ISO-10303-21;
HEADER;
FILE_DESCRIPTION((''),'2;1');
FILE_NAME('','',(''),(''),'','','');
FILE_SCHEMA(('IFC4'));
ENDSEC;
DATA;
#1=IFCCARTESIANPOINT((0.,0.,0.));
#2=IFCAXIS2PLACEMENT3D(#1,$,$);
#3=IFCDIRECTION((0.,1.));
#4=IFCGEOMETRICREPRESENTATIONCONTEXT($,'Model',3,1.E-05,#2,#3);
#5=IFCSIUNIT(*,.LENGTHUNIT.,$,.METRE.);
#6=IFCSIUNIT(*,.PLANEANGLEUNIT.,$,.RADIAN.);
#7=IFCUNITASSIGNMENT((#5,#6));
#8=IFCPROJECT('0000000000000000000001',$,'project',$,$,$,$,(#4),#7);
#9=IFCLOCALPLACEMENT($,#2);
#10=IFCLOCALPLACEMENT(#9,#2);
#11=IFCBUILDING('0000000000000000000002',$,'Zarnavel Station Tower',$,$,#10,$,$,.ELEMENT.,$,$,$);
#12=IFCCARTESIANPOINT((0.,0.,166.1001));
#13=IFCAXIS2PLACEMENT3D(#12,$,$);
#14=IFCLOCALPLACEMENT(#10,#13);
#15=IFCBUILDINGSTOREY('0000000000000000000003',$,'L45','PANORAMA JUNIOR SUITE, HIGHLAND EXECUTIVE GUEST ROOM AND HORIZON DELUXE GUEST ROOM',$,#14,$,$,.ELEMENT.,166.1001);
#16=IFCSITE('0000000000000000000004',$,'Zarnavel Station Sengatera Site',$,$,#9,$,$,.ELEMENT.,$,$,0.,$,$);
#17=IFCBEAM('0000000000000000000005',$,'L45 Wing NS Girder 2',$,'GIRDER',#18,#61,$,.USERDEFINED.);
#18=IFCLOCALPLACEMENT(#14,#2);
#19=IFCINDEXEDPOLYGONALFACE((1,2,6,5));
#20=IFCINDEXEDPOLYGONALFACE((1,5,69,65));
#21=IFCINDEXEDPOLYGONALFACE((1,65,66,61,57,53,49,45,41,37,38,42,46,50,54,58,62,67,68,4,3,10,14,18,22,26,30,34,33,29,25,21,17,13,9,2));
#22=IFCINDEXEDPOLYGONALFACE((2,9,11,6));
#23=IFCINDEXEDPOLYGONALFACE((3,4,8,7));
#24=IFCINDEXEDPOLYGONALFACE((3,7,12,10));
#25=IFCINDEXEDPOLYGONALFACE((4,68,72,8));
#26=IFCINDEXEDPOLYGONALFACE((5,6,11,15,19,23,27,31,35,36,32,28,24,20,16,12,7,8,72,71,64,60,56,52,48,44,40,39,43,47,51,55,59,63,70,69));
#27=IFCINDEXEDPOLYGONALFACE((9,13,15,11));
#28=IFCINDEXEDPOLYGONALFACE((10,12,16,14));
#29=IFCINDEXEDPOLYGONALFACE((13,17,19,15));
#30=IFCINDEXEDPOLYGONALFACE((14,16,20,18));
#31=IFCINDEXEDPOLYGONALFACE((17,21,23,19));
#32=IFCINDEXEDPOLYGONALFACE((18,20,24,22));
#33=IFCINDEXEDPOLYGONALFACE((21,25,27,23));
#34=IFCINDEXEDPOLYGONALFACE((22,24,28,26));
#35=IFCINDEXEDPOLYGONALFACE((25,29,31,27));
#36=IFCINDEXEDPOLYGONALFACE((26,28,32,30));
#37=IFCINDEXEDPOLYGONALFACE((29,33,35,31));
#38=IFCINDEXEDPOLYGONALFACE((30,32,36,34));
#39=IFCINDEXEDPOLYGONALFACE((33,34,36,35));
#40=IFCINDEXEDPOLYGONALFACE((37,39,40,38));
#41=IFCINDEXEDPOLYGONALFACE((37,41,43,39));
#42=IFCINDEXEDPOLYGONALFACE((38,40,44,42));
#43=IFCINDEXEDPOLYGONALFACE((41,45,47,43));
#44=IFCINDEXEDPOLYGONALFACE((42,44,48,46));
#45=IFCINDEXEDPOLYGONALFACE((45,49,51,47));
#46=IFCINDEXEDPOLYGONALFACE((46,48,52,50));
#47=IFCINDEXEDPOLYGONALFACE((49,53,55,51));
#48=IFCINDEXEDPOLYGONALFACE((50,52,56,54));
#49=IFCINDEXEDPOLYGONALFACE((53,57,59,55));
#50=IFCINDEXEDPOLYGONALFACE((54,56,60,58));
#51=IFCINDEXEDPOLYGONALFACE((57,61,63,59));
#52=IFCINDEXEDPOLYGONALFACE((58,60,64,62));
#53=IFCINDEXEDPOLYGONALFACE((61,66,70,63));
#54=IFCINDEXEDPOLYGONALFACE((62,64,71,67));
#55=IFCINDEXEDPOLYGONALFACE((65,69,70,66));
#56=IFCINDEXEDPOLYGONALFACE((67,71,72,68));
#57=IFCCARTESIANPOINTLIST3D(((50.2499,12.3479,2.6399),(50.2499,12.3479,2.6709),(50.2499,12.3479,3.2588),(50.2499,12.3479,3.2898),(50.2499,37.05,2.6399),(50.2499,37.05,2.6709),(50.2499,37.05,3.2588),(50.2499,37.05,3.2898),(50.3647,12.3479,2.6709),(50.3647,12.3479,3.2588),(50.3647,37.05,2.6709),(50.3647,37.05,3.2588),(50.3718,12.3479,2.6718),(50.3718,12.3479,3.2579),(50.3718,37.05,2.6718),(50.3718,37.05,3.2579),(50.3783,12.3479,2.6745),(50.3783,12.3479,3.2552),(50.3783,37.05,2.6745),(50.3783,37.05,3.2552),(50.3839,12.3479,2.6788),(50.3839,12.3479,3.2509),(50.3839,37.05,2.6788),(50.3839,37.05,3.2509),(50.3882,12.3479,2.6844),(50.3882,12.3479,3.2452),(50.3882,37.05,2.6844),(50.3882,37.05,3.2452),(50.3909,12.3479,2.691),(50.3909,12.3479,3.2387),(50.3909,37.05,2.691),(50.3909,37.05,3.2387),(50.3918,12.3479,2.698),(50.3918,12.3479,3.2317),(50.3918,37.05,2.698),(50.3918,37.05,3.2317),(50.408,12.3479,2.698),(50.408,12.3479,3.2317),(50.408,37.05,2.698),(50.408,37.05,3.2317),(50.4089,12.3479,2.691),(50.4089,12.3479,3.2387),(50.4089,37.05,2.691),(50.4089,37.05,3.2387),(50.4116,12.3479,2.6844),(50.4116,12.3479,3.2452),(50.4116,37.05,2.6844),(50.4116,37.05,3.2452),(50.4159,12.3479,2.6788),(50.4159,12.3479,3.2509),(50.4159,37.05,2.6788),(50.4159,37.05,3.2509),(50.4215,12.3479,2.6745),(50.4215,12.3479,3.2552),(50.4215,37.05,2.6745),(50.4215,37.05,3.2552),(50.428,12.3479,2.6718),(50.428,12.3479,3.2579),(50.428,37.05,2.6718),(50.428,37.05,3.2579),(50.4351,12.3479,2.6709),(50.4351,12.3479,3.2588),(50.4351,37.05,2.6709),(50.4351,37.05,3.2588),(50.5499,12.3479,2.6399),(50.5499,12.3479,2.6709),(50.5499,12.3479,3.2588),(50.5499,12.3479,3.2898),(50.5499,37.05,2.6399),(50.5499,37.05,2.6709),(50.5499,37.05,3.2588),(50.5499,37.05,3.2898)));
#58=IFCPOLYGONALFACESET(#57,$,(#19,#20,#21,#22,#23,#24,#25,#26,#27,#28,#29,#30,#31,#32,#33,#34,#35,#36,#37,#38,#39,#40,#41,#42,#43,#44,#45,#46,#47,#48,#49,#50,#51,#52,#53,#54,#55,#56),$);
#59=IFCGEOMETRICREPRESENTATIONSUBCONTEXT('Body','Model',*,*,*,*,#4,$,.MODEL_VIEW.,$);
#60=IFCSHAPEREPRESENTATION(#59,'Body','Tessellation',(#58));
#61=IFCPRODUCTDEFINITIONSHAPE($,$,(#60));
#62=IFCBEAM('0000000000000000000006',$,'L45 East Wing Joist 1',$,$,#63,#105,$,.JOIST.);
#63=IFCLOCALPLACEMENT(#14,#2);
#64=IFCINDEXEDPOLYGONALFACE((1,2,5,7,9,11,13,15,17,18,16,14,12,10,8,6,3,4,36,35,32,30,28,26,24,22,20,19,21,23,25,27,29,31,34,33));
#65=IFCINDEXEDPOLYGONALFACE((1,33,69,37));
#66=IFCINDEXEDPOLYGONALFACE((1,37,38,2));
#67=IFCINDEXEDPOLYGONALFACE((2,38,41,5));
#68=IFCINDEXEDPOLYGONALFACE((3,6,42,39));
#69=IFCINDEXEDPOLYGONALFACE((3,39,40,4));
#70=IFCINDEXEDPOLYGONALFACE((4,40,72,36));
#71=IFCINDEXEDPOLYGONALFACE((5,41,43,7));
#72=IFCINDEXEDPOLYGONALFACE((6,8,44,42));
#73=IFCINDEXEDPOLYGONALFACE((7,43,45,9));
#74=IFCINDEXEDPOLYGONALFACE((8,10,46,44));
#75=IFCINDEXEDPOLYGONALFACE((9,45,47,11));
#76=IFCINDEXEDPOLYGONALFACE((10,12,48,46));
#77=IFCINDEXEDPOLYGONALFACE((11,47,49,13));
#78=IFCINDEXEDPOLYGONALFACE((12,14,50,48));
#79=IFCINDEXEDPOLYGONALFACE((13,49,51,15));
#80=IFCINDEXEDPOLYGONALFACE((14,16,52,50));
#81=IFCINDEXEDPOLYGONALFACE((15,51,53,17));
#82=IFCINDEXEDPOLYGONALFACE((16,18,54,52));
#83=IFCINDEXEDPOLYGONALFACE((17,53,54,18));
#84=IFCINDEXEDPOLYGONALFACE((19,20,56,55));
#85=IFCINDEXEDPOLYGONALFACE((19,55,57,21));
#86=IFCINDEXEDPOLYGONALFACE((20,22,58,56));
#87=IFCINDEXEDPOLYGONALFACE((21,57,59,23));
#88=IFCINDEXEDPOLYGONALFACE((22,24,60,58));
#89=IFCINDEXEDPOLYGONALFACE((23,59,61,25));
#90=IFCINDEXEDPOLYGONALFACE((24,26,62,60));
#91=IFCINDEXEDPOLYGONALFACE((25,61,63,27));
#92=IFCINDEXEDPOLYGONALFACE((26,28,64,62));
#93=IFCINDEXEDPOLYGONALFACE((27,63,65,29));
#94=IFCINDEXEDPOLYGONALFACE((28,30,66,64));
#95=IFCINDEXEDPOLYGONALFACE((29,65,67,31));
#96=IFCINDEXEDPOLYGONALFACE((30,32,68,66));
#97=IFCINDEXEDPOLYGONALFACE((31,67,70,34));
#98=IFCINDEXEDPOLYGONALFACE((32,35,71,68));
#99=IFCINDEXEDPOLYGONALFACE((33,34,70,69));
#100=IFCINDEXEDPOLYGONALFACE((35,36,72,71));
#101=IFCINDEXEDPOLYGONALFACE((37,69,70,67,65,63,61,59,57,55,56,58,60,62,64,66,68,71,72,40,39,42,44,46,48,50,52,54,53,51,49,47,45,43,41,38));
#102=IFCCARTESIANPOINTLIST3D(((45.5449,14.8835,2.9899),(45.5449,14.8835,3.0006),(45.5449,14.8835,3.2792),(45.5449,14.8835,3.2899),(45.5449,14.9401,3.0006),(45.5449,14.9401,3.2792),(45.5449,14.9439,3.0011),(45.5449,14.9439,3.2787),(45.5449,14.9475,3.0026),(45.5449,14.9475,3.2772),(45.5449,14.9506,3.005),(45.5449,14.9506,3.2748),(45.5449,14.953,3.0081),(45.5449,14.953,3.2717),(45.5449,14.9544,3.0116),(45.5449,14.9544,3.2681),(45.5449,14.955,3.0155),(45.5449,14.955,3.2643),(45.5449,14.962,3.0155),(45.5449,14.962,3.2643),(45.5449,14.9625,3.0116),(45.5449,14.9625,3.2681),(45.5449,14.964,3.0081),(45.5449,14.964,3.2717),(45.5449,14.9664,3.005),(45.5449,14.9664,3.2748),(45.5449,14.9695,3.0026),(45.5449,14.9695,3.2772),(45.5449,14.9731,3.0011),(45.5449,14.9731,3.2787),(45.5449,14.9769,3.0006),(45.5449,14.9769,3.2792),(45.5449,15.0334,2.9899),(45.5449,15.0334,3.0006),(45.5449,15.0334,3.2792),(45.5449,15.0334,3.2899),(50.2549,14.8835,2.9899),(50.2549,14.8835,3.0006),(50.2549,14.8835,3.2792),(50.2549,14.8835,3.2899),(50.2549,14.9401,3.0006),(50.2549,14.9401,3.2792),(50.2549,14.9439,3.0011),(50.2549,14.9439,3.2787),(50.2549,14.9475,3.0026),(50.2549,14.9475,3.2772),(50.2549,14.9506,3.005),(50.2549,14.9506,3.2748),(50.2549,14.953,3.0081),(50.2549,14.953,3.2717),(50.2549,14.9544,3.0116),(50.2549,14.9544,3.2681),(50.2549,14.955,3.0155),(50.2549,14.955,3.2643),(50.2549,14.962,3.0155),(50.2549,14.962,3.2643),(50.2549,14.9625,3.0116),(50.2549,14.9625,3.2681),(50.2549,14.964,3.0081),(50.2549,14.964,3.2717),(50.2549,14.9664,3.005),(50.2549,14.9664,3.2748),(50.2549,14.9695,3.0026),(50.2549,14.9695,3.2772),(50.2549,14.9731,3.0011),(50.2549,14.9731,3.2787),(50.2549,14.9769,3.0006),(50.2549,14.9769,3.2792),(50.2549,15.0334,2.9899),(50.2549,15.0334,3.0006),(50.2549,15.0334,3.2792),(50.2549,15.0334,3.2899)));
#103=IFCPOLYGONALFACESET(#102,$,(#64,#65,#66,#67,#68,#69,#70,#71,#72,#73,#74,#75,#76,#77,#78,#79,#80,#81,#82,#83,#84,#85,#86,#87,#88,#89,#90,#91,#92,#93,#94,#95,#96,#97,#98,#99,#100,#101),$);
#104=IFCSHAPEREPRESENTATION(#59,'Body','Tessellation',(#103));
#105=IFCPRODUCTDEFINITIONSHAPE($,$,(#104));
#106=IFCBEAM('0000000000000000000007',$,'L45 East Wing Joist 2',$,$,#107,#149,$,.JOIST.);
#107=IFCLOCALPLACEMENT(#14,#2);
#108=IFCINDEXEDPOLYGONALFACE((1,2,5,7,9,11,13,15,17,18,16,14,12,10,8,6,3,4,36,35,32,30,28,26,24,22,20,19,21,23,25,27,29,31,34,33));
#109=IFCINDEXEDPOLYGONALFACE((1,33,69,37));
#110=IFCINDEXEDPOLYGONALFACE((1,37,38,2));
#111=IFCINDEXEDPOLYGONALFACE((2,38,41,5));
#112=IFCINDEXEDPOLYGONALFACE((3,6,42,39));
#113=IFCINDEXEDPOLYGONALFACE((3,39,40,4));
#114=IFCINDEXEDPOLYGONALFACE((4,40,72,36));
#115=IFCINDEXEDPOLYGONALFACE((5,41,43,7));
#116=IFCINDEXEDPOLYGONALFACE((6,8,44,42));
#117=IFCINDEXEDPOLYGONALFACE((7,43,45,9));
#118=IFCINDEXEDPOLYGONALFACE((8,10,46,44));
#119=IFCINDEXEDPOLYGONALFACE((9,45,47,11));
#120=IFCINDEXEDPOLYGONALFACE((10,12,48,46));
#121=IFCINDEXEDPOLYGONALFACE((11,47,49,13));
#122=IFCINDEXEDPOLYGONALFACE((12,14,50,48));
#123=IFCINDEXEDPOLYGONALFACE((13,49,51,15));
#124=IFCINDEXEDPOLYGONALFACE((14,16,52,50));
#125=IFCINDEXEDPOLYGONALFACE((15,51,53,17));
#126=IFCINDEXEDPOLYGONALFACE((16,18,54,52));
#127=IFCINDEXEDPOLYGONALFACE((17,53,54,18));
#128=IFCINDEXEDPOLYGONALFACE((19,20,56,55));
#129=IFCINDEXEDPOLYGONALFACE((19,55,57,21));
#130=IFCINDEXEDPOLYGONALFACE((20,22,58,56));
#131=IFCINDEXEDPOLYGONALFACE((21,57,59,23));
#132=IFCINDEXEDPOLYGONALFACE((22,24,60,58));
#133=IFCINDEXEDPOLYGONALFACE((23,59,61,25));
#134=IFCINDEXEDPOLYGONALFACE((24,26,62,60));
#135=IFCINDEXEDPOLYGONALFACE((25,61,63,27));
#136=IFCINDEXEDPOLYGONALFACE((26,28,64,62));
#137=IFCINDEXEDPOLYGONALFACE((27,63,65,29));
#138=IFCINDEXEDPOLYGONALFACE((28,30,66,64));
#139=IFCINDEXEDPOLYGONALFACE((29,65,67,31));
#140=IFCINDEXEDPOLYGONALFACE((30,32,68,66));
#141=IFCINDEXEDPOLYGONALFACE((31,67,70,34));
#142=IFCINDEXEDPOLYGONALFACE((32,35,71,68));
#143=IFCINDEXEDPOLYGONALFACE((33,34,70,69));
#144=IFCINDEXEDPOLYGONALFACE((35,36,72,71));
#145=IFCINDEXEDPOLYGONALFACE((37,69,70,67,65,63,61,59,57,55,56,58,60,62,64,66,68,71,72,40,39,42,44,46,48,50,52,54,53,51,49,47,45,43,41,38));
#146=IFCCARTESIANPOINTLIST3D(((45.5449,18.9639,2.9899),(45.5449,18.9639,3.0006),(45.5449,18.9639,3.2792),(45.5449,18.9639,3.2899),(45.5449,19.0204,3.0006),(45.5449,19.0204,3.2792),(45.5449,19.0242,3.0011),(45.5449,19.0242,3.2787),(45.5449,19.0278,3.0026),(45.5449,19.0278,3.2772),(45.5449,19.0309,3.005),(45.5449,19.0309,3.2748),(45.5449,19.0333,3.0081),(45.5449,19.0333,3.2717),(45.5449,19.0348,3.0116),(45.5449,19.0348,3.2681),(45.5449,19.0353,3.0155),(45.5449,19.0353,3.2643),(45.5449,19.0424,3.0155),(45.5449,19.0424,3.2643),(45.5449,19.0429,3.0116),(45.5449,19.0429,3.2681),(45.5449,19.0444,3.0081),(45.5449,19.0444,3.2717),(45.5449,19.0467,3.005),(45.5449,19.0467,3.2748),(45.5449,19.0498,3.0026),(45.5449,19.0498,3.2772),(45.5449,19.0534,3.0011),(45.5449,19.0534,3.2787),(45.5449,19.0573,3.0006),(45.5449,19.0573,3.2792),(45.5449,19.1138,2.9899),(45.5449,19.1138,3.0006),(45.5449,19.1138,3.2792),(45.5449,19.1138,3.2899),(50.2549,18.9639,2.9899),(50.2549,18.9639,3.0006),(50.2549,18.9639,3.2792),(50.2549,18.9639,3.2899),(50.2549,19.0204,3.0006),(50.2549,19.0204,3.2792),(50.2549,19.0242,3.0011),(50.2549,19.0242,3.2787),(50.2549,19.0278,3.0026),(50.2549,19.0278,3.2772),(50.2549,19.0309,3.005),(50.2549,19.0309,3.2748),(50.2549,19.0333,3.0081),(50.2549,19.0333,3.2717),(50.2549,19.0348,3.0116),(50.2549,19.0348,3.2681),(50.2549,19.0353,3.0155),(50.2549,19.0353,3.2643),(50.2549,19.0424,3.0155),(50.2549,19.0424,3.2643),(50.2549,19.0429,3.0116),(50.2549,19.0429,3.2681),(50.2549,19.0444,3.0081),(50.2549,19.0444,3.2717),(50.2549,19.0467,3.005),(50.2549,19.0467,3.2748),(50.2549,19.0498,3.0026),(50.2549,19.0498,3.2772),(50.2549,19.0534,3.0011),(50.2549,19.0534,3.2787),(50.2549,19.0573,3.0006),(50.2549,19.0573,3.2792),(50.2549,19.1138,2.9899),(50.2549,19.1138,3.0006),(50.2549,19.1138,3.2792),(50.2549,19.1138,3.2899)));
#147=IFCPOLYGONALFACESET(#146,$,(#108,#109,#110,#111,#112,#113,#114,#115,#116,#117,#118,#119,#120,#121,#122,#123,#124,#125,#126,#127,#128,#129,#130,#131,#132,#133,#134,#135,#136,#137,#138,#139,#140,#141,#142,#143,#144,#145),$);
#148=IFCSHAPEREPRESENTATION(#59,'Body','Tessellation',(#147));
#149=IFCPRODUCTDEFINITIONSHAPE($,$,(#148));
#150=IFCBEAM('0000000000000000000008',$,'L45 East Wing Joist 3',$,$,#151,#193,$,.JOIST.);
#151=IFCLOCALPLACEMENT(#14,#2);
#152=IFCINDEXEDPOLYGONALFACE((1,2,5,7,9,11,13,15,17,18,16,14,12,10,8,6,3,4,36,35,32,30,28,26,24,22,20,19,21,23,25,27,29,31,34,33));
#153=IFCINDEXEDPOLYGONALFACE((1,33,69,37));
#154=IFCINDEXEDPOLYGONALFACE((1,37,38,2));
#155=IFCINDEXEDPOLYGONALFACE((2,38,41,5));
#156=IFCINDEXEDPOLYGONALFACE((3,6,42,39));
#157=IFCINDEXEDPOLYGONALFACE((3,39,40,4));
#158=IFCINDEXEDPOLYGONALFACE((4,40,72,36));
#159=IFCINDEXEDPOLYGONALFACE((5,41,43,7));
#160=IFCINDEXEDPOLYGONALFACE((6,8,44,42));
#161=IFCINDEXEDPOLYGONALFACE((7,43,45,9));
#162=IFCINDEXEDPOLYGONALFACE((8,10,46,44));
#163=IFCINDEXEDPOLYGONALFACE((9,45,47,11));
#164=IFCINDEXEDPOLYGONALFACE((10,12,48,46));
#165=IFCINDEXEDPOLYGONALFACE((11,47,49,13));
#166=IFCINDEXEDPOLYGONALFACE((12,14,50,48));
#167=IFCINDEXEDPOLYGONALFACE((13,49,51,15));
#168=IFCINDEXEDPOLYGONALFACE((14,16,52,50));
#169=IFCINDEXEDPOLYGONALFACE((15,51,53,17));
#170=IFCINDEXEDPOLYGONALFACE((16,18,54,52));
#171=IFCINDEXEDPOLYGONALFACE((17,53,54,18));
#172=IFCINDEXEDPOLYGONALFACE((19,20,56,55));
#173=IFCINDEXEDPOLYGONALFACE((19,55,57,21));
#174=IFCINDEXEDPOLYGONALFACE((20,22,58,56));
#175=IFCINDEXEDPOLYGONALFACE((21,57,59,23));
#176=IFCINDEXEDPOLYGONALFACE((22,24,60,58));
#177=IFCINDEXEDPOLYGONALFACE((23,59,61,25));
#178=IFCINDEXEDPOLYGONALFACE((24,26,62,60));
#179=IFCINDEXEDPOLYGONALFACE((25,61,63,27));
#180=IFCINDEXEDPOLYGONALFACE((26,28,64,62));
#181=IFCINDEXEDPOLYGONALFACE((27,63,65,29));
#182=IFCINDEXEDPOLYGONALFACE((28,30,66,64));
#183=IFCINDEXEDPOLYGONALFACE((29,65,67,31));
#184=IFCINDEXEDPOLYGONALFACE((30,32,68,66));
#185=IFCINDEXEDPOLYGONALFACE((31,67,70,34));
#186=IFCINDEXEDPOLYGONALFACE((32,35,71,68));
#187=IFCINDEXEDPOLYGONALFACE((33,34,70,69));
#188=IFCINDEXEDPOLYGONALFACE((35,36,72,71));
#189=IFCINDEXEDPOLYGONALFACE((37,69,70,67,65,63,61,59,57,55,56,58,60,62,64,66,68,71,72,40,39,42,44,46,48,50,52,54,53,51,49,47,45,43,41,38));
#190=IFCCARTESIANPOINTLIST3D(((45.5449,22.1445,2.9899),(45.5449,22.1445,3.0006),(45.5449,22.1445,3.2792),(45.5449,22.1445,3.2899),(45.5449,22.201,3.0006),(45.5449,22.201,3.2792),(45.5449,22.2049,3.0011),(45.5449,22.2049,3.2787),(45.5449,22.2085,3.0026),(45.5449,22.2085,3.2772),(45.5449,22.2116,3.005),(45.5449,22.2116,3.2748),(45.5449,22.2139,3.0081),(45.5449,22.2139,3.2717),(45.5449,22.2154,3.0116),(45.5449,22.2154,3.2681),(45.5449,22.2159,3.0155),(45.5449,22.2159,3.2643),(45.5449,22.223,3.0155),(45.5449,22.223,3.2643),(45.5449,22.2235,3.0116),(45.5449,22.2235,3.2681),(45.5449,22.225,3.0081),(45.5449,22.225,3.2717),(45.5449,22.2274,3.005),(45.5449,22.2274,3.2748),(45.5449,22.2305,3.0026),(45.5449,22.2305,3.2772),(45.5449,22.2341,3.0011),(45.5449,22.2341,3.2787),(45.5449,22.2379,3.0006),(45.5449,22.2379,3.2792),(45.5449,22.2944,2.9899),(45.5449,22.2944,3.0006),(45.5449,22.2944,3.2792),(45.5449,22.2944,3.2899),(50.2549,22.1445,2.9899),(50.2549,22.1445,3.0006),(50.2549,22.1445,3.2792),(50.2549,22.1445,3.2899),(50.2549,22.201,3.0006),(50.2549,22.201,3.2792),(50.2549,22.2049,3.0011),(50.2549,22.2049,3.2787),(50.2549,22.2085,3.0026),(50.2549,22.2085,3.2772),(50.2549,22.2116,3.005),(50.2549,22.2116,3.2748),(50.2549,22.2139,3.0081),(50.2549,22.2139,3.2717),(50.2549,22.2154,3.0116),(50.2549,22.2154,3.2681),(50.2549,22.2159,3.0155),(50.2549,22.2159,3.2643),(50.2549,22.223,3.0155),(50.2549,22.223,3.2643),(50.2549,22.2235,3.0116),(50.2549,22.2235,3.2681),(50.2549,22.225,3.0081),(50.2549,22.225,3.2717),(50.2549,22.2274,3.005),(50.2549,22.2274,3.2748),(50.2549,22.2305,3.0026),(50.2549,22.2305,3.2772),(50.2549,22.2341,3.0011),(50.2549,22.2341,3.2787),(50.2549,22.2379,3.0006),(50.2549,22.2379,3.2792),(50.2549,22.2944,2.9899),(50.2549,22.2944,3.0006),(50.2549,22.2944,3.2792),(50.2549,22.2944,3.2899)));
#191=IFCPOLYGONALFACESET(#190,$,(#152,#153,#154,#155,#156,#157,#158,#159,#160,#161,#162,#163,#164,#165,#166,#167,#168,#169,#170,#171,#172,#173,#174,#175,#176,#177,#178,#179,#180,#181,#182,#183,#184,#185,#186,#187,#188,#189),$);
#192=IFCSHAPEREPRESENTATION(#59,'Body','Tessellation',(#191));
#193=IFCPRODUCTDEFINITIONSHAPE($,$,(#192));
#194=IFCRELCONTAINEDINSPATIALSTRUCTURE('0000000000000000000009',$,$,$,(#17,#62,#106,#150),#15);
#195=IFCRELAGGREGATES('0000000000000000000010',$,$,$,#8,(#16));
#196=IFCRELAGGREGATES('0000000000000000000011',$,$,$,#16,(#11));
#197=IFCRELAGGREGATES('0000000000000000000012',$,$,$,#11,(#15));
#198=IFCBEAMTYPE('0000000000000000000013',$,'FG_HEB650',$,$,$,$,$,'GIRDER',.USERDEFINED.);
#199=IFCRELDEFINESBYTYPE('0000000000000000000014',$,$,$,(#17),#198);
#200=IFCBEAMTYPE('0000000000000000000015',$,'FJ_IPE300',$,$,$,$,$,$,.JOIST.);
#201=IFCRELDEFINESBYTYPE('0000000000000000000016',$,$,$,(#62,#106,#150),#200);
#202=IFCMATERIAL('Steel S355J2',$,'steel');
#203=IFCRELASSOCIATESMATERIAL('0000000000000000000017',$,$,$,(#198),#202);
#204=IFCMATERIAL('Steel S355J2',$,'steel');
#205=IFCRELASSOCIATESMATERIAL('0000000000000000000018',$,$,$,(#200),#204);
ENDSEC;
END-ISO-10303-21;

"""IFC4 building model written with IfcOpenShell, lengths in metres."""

from ifc_helpers import new_model, si_unit, direction, frame, origin, origin_2d, place, context, subcontext, project, spatial, i_section, extrude, material, material_profile, profile_set, type_object, element, save


model = new_model("IFC4")

# Units and contexts
model_context = context("Model", 3, precision=1e-05, world=origin(), true_north=direction((0.0, 1.0)))
body_context = subcontext(model_context, "Body", "Model", "MODEL_VIEW")
ifc_project = project(units=[si_unit("LENGTHUNIT", "METRE"), si_unit("PLANEANGLEUNIT", "RADIAN")], contexts=[model_context])

# Site, building, storey
site_placement = place(None, origin())
site = spatial("IfcSite", under=ifc_project, at=site_placement, Name="Zarnavel Station Sengatera Site", CompositionType="ELEMENT", RefElevation=0.0)
building_placement = place(site_placement, origin())
building = spatial("IfcBuilding", under=site, at=building_placement, Name="Zarnavel Station Tower", CompositionType="ELEMENT")
storey_placement = place(building_placement, frame((0.0, 0.0, 166.1001)))
storey = spatial("IfcBuildingStorey", under=building, at=storey_placement, Name="L45", Description="PANORAMA JUNIOR SUITE, HIGHLAND EXECUTIVE GUEST ROOM AND HORIZON DELUXE GUEST ROOM", CompositionType="ELEMENT", Elevation=166.1001)

# Beams
ifc_material_1 = material(Name="Steel S355J2", Category="steel")
ifc_material_profile_1 = material_profile(ifc_material_1, i_section(OverallWidth=0.3, OverallDepth=0.6499, WebThickness=0.0161, FlangeThickness=0.031, FilletRadius=0.0271, at=origin_2d()), Name="HEB650")
ifc_profile_set_1 = profile_set([ifc_material_profile_1], Name="Steel S355J2")
beam_type_1 = type_object("IfcBeamType", Name="FG_HEB650", ElementType="GIRDER", PredefinedType="USERDEFINED", material=ifc_profile_set_1)
beam_1_placement = place(storey_placement, frame((50.3999, 12.3479, 2.9648), z_axis=(0.0, 1.0, 0.0), x_axis=(-1.0, 0.0, 0.0)))
element("IfcBeam", 1, at=beam_1_placement, inside=storey, type_object=beam_type_1, Name="L45 Wing NS Girder 2", ObjectType="GIRDER", PredefinedType="USERDEFINED", context=body_context, shape_type="SweptSolid", body=[
    extrude(i_section(OverallWidth=0.3, OverallDepth=0.6499, WebThickness=0.0161, FlangeThickness=0.031, FilletRadius=0.0271, at=origin_2d()), origin(), (0.0, 0.0, 1.0), 24.7021),
])
ifc_material_2 = material(Name="Steel S355J2", Category="steel")
ifc_material_profile_2 = material_profile(ifc_material_2, i_section(OverallWidth=0.1499, OverallDepth=0.3, WebThickness=0.0071, FlangeThickness=0.0107, FilletRadius=0.0149, at=origin_2d()), Name="IPE300")
ifc_profile_set_2 = profile_set([ifc_material_profile_2], Name="Steel S355J2")
beam_type_2 = type_object("IfcBeamType", Name="FJ_IPE300", PredefinedType="JOIST", material=ifc_profile_set_2)
for number, where, z_axis, x_axis, name in (
    (2, (45.5449, 14.9585, 3.1399), (1.0, 0.0, 0.0), (0.0, 1.0, 0.0), "L45 East Wing Joist 1"),
    (3, (45.5449, 19.0388, 3.1399), (1.0, 0.0, 0.0), (0.0, 1.0, 0.0), "L45 East Wing Joist 2"),
    (4, (45.5449, 22.2195, 3.1399), (1.0, 0.0, 0.0), (0.0, 1.0, 0.0), "L45 East Wing Joist 3"),
):
    element("IfcBeam", number, at=place(storey_placement, frame(where, z_axis=z_axis, x_axis=x_axis)), inside=storey, type_object=beam_type_2, Name=name, PredefinedType="JOIST", context=body_context, shape_type="SweptSolid", body=[
        extrude(i_section(OverallWidth=0.1499, OverallDepth=0.3, WebThickness=0.0071, FlangeThickness=0.0107, FilletRadius=0.0149, at=origin_2d()), origin(), (0.0, 0.0, 1.0), 4.71),
    ])

save(model, "model.ifc")
